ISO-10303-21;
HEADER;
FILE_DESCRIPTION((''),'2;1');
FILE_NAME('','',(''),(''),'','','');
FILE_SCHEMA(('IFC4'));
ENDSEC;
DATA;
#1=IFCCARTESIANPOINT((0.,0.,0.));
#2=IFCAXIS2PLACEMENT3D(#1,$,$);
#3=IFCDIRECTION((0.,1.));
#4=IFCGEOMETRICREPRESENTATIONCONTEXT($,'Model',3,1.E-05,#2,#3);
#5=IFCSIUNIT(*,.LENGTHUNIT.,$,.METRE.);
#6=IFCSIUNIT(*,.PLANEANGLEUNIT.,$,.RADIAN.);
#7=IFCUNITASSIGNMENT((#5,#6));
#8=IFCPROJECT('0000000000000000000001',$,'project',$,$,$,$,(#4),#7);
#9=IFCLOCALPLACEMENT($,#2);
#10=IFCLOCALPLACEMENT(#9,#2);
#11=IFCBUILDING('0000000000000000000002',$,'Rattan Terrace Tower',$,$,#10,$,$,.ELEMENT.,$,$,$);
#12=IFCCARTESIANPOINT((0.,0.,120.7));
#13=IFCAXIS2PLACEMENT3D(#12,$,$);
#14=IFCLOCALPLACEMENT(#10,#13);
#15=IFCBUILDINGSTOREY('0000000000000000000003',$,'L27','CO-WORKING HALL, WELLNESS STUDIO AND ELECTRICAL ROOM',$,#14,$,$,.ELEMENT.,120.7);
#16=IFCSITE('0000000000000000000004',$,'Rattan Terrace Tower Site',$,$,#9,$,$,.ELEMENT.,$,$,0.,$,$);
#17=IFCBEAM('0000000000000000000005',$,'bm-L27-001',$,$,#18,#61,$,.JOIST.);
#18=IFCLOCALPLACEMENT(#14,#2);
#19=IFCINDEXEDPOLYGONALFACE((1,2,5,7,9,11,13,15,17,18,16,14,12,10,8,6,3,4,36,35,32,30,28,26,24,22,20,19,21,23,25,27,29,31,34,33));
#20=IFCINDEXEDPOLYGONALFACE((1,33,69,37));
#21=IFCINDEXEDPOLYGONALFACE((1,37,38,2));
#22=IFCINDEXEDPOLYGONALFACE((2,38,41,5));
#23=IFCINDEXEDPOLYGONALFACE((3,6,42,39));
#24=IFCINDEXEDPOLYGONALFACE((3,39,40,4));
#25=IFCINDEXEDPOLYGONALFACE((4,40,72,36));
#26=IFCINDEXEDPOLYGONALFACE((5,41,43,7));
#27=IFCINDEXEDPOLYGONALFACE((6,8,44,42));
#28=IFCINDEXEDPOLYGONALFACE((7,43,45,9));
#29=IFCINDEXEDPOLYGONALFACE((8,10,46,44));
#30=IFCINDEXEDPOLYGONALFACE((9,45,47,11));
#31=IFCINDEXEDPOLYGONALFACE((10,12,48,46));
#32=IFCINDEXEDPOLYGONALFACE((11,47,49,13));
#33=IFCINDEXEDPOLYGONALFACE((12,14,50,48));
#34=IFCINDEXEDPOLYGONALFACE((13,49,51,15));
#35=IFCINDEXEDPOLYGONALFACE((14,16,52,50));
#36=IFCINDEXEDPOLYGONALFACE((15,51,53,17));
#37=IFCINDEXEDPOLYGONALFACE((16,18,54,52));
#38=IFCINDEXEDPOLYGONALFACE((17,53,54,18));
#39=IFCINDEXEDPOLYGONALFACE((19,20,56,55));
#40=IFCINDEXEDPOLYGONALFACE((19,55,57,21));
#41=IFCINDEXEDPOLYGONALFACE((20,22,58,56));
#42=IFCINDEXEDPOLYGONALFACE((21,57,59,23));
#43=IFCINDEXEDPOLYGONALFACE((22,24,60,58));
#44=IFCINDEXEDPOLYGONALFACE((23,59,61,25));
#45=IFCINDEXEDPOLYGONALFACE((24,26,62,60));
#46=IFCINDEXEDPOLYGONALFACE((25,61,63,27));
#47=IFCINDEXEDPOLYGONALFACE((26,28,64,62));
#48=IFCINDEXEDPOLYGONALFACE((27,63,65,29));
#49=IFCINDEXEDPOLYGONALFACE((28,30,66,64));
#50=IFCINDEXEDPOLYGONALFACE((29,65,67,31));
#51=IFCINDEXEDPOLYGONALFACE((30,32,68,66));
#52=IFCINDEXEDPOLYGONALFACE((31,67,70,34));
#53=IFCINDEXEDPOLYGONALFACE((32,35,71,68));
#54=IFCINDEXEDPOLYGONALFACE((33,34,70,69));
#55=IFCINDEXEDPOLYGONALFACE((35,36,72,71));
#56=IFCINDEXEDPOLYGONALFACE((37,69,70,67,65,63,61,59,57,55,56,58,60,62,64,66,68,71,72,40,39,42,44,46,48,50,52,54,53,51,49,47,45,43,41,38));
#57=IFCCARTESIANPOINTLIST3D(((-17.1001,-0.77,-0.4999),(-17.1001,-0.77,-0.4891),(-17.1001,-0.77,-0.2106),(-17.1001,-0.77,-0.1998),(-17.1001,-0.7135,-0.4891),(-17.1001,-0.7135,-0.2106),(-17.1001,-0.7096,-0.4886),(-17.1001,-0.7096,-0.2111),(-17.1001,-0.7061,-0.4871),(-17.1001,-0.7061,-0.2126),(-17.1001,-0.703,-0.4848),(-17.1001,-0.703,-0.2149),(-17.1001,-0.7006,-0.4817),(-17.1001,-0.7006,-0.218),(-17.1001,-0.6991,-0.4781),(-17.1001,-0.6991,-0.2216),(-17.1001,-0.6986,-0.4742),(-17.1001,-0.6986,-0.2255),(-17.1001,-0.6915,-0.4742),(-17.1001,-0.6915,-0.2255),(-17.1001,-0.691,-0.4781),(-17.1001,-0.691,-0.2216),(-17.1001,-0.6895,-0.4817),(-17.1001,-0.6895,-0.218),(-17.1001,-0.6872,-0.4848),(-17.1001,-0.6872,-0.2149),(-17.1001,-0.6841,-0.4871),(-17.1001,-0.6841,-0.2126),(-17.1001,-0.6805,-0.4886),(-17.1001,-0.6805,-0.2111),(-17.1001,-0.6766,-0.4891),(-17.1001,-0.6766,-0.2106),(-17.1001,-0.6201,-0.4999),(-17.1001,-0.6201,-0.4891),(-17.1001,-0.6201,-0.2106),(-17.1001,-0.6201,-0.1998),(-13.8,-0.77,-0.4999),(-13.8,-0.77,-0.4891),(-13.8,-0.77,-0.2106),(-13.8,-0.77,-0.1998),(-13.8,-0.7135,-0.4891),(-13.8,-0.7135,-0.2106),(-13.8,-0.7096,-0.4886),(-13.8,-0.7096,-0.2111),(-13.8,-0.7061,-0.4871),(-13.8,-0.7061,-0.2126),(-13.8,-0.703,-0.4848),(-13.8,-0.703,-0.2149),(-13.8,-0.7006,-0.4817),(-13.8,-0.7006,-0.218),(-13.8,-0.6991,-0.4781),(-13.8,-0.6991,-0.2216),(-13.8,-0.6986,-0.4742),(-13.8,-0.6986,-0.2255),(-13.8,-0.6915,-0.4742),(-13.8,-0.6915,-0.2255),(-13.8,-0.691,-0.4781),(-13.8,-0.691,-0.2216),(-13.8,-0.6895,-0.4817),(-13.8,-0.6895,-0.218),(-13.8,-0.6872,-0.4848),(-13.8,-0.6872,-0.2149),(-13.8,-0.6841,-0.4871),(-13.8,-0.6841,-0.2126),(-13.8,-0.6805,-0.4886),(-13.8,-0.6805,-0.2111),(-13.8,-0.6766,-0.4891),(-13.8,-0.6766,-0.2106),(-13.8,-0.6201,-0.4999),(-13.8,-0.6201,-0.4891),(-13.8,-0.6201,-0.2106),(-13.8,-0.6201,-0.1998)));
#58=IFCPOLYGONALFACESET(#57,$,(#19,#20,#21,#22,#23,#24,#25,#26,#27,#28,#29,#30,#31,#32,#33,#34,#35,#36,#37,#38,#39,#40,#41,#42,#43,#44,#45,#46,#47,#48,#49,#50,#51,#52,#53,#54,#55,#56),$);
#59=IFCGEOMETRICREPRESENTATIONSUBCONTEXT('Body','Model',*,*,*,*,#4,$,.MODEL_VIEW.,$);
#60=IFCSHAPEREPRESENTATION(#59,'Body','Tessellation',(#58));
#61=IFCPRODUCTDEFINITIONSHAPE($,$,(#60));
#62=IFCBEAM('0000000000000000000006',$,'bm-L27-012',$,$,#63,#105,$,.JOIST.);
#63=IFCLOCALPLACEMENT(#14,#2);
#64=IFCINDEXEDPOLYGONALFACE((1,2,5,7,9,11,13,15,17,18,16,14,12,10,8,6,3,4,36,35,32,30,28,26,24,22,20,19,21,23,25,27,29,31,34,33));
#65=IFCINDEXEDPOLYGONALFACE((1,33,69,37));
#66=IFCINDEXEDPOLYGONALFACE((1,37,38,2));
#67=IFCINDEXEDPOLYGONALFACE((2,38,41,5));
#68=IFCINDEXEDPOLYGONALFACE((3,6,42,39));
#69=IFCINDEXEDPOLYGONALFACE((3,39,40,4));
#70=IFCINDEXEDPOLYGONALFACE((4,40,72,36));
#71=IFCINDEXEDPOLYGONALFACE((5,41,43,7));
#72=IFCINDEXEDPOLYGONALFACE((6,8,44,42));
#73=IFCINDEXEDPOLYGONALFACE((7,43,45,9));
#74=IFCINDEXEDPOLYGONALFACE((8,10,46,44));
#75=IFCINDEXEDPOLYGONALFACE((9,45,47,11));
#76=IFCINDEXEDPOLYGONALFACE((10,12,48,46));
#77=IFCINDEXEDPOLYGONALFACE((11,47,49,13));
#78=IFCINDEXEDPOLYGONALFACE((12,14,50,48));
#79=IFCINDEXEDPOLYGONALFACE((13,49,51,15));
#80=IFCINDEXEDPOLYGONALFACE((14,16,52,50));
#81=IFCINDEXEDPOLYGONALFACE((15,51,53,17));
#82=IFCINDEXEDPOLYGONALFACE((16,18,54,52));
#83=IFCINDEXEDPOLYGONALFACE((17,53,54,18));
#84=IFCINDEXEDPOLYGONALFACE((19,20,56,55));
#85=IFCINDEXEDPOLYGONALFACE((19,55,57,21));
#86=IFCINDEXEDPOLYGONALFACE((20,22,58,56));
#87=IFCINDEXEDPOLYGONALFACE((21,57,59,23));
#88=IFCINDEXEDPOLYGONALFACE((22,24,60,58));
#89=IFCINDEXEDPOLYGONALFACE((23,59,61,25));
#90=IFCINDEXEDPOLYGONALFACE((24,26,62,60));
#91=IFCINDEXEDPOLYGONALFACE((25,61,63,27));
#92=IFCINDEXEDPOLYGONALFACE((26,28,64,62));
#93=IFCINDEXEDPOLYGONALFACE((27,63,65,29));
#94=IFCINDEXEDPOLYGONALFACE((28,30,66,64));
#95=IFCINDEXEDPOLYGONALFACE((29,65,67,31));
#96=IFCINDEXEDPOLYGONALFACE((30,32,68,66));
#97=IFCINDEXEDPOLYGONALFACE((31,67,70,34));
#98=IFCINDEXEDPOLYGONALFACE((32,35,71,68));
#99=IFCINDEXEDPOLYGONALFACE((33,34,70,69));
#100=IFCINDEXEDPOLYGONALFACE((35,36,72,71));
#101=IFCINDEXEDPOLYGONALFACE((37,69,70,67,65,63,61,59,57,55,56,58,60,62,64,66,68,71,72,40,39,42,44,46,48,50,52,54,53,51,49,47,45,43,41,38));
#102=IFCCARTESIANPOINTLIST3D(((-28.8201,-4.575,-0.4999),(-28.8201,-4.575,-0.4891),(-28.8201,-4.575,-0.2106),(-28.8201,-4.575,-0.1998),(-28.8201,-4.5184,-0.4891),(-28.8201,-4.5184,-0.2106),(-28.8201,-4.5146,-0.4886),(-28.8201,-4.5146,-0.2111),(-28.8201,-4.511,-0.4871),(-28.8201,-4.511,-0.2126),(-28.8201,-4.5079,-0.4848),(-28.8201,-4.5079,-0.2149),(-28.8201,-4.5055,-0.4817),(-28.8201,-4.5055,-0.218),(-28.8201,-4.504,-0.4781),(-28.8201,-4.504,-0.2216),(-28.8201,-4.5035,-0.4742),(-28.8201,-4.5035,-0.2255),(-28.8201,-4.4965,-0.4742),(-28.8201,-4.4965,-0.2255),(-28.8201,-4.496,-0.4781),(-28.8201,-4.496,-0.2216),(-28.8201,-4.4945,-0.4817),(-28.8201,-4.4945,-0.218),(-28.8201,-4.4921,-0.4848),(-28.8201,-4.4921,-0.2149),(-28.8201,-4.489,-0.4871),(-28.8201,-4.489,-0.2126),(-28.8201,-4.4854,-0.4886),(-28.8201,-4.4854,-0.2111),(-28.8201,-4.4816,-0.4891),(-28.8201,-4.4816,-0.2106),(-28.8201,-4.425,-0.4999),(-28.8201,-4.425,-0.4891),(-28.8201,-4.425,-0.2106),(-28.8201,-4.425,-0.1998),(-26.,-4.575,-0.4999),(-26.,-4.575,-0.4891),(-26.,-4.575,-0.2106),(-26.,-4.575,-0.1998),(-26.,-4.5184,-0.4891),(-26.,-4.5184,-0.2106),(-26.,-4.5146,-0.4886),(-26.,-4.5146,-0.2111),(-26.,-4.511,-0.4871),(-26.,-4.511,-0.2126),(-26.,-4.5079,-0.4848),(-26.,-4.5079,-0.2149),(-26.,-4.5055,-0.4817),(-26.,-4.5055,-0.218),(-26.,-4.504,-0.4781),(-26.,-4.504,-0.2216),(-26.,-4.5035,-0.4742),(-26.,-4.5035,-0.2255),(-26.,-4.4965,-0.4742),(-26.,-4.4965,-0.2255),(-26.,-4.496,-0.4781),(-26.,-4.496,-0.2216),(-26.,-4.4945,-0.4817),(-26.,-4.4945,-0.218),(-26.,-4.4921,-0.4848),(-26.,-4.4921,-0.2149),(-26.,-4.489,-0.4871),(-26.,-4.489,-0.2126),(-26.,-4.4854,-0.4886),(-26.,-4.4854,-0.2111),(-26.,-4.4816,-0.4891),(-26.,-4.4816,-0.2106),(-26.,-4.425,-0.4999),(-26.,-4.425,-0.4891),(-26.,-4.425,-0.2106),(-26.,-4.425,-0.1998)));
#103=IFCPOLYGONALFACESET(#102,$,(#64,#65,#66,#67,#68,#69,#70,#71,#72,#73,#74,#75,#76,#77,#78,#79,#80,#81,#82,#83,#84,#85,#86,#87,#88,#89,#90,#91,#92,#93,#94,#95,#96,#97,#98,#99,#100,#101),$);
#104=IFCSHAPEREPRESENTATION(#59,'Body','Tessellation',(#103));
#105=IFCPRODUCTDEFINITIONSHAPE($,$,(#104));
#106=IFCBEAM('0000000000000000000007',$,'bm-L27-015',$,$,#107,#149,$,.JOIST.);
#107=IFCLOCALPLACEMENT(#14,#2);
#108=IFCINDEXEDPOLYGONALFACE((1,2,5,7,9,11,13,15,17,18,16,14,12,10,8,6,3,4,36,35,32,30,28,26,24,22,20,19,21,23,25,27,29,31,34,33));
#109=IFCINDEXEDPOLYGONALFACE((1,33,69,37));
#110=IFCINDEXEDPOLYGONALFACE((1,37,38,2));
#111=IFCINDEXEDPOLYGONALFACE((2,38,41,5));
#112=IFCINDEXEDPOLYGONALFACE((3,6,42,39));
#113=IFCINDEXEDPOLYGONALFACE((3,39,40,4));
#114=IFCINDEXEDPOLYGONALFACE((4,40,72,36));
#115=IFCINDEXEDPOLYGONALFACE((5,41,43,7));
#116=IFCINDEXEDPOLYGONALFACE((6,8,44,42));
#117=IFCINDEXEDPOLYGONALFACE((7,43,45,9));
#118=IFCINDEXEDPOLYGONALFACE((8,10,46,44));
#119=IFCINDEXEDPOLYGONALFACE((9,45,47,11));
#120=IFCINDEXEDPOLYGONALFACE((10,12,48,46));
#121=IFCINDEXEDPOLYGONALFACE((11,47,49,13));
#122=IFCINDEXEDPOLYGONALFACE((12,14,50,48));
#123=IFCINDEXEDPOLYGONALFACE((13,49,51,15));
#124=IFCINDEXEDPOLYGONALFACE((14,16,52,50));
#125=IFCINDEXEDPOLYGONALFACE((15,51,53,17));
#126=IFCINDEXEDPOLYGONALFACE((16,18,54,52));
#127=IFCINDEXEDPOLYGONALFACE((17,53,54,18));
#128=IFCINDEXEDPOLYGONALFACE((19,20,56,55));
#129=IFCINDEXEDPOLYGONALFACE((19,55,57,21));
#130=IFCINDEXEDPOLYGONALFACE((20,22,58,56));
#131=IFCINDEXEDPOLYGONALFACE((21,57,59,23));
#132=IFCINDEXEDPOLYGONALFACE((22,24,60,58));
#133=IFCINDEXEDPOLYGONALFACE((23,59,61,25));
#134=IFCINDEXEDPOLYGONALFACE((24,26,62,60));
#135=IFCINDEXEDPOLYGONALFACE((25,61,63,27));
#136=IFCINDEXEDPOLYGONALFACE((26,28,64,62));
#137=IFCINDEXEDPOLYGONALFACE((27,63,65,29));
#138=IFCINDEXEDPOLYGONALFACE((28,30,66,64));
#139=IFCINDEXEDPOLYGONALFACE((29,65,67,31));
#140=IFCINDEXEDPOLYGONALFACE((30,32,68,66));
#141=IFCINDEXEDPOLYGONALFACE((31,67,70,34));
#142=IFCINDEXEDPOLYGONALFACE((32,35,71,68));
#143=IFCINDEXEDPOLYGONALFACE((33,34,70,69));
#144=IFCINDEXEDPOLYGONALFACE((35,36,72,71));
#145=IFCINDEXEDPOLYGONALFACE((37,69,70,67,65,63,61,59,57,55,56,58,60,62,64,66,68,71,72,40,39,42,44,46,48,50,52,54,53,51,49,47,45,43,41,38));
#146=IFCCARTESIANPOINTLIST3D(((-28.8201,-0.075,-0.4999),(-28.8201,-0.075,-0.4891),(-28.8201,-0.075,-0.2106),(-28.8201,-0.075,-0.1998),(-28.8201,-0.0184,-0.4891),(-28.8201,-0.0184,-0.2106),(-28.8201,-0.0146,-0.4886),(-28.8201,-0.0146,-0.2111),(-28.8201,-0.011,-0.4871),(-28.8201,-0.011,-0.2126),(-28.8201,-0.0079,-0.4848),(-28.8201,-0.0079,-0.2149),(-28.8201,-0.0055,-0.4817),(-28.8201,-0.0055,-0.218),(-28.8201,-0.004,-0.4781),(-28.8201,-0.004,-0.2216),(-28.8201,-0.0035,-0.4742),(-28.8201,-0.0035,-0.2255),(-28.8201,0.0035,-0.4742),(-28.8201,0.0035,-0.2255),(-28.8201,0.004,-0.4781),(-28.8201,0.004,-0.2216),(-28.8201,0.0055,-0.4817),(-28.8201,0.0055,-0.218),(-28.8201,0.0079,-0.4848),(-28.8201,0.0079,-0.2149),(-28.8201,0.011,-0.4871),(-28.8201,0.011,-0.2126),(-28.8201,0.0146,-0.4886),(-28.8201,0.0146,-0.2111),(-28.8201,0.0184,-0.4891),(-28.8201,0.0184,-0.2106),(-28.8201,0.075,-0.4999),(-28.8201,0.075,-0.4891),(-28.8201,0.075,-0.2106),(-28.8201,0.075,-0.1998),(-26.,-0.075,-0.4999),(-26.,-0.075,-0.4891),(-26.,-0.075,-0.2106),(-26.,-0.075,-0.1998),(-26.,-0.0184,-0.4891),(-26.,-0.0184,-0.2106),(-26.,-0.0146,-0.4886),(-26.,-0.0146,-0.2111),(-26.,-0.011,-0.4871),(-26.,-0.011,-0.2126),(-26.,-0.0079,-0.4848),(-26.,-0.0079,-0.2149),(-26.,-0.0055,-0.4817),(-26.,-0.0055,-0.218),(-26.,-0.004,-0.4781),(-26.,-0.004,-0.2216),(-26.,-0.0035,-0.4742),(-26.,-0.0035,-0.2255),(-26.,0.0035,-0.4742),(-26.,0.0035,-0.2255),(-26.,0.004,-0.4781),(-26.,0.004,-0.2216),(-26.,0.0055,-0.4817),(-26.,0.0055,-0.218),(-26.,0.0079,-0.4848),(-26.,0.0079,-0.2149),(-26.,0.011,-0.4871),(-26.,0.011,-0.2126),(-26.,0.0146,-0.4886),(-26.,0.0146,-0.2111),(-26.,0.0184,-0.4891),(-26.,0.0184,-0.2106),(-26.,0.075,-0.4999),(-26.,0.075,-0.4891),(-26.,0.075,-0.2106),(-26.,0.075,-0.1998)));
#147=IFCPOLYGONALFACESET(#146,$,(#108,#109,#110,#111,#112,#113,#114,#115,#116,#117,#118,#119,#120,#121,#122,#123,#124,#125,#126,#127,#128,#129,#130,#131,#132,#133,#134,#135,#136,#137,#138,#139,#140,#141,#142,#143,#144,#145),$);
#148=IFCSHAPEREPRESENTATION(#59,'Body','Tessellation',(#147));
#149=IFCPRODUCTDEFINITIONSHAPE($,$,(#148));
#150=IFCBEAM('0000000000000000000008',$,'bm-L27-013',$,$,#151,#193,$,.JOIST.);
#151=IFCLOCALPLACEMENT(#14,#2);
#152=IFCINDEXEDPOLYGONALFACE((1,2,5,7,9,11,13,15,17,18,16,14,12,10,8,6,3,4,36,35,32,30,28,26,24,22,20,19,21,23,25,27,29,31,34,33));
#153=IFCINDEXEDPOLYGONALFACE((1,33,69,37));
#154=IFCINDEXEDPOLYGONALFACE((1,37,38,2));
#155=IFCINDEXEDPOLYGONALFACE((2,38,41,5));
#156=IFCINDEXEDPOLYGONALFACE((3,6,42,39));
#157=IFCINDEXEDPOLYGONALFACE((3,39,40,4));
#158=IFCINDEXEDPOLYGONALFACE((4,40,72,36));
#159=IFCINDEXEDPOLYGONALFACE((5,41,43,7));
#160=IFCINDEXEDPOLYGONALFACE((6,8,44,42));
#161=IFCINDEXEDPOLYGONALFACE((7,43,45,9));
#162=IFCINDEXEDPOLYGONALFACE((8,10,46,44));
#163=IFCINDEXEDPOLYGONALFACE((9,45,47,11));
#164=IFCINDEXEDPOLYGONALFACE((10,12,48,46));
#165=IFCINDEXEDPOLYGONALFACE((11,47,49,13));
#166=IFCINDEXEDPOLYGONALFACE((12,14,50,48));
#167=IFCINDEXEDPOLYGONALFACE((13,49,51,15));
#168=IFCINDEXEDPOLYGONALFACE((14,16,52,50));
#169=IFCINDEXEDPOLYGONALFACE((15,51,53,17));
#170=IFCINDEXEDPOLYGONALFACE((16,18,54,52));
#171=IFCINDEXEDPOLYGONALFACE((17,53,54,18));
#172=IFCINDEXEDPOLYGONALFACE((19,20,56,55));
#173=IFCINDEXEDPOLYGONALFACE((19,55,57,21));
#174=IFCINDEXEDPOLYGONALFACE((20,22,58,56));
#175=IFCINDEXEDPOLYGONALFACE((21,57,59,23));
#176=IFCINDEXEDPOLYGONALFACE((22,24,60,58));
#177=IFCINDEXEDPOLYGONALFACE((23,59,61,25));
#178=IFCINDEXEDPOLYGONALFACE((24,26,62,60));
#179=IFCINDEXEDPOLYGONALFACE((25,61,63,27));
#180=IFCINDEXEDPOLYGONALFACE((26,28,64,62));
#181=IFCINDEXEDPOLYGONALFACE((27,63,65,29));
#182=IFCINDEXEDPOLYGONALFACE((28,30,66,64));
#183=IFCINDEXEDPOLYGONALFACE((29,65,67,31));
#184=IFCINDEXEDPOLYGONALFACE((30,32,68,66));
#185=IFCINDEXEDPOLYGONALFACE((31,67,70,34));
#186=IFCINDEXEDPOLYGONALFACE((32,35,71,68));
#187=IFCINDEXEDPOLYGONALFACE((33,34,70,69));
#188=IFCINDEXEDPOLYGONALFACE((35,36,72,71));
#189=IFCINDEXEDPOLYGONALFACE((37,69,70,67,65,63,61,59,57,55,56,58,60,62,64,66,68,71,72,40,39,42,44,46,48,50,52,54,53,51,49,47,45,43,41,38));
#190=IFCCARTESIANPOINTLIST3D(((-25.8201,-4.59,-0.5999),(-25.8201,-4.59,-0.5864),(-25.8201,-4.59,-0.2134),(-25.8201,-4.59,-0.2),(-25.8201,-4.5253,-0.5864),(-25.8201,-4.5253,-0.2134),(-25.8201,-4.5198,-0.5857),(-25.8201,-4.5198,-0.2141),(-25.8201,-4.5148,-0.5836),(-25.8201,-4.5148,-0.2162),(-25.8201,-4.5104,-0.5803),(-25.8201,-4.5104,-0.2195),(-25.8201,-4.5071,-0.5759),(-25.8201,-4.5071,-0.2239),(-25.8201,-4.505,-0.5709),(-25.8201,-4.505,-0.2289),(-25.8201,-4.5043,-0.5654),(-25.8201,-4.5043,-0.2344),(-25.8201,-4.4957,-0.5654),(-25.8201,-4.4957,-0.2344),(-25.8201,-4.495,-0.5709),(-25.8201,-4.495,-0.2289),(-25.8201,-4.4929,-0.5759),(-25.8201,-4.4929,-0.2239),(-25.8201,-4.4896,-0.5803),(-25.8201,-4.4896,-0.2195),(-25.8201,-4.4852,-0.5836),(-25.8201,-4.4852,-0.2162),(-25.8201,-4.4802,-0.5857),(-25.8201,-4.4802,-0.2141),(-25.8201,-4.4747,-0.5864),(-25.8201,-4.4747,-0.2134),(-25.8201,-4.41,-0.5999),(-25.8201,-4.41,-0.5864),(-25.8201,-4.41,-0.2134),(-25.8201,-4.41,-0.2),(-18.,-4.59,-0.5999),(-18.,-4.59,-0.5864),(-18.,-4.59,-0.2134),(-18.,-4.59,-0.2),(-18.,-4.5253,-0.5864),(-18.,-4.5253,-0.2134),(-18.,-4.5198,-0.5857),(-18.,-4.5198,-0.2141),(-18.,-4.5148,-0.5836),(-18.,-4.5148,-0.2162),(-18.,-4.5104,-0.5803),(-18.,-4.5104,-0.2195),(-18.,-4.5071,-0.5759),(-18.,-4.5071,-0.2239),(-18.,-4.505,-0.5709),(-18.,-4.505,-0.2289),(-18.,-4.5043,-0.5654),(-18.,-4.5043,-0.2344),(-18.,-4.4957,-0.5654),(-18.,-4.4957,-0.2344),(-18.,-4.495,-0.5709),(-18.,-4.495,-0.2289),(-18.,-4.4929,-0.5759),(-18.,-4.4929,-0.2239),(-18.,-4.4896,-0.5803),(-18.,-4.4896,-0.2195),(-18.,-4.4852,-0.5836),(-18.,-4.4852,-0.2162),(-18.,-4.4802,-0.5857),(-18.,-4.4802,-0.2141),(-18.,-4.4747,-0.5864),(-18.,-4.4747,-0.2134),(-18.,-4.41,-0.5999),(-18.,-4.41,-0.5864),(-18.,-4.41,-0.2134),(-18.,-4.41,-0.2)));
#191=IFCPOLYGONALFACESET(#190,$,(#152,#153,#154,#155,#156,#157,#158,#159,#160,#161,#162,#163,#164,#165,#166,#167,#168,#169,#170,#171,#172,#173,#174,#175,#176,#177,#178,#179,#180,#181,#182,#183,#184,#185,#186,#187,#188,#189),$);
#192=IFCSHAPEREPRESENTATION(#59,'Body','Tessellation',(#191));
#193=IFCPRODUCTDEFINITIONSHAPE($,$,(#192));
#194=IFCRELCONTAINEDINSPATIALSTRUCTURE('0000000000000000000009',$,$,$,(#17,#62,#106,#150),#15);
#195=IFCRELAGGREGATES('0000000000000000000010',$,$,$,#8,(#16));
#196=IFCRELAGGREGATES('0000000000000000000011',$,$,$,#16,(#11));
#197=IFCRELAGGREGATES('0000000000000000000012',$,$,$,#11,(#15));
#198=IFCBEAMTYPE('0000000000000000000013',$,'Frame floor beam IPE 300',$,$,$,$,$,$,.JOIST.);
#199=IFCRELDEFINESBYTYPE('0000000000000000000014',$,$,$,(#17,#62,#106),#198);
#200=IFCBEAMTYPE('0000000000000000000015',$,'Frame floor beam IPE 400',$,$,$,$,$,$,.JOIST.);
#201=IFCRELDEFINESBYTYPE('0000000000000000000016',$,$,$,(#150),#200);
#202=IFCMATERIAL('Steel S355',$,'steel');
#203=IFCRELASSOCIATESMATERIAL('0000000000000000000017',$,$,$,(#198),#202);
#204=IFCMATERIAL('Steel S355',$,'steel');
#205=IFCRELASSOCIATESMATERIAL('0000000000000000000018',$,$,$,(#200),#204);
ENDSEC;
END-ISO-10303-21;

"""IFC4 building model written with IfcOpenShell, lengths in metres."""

from ifc_helpers import new_model, si_unit, direction, frame, origin, origin_2d, place, context, subcontext, project, spatial, i_section, extrude, material, material_profile, profile_set, type_object, element, save


model = new_model("IFC4")

# Units and contexts
model_context = context("Model", 3, precision=1e-05, world=origin(), true_north=direction((0.0, 1.0)))
body_context = subcontext(model_context, "Body", "Model", "MODEL_VIEW")
ifc_project = project(units=[si_unit("LENGTHUNIT", "METRE"), si_unit("PLANEANGLEUNIT", "RADIAN")], contexts=[model_context])

# Site, building, storey
site_placement = place(None, origin())
site = spatial("IfcSite", under=ifc_project, at=site_placement, Name="Rattan Terrace Tower Site", CompositionType="ELEMENT", RefElevation=0.0)
building_placement = place(site_placement, origin())
building = spatial("IfcBuilding", under=site, at=building_placement, Name="Rattan Terrace Tower", CompositionType="ELEMENT")
storey_placement = place(building_placement, frame((0.0, 0.0, 120.7)))
storey = spatial("IfcBuildingStorey", under=building, at=storey_placement, Name="L27", Description="CO-WORKING HALL, WELLNESS STUDIO AND ELECTRICAL ROOM", CompositionType="ELEMENT", Elevation=120.7)

# Beams
ifc_material_1 = material(Name="Steel S355", Category="steel")
ifc_material_profile_1 = material_profile(ifc_material_1, i_section(OverallWidth=0.1499, OverallDepth=0.3, WebThickness=0.0071, FlangeThickness=0.0107, FilletRadius=0.0149, at=origin_2d()), Name="IPE 300")
ifc_profile_set_1 = profile_set([ifc_material_profile_1], Name="Steel S355")
beam_type_1 = type_object("IfcBeamType", Name="Frame floor beam IPE 300", PredefinedType="JOIST", material=ifc_profile_set_1)
beam_placement = place(storey_placement, frame((-17.1001, -0.6951, -0.3499), z_axis=(1.0, 0.0, 0.0), x_axis=(0.0, 1.0, 0.0)))
element("IfcBeam", 1, at=beam_placement, inside=storey, type_object=beam_type_1, Name="bm-L27-001", PredefinedType="JOIST", context=body_context, shape_type="SweptSolid", body=[
    extrude(i_section(OverallWidth=0.1499, OverallDepth=0.3, WebThickness=0.0071, FlangeThickness=0.0107, FilletRadius=0.0149, at=origin_2d()), origin(), (0.0, 0.0, 1.0), 3.3),
])
for number, where, z_axis, x_axis, name in (
    (2, (-28.8201, -4.5, -0.3499), (1.0, 0.0, 0.0), (0.0, 1.0, 0.0), "bm-L27-012"),
    (3, (-28.8201, 0.0, -0.3499), (1.0, 0.0, 0.0), (0.0, 1.0, 0.0), "bm-L27-015"),
):
    element("IfcBeam", number, at=place(storey_placement, frame(where, z_axis=z_axis, x_axis=x_axis)), inside=storey, type_object=beam_type_1, Name=name, PredefinedType="JOIST", context=body_context, shape_type="SweptSolid", body=[
        extrude(i_section(OverallWidth=0.1499, OverallDepth=0.3, WebThickness=0.0071, FlangeThickness=0.0107, FilletRadius=0.0149, at=origin_2d()), origin(), (0.0, 0.0, 1.0), 2.8201),
    ])
ifc_material_2 = material(Name="Steel S355", Category="steel")
ifc_material_profile_2 = material_profile(ifc_material_2, i_section(OverallWidth=0.1799, OverallDepth=0.3999, WebThickness=0.0085, FlangeThickness=0.0134, FilletRadius=0.021, at=origin_2d()), Name="IPE 400")
ifc_profile_set_2 = profile_set([ifc_material_profile_2], Name="Steel S355")
beam_type_2 = type_object("IfcBeamType", Name="Frame floor beam IPE 400", PredefinedType="JOIST", material=ifc_profile_set_2)
for number, where, z_axis, x_axis, name in (
    (4, (-25.8201, -4.5, -0.3999), (1.0, 0.0, 0.0), (0.0, 1.0, 0.0), "bm-L27-013"),
):
    element("IfcBeam", number, at=place(storey_placement, frame(where, z_axis=z_axis, x_axis=x_axis)), inside=storey, type_object=beam_type_2, Name=name, PredefinedType="JOIST", context=body_context, shape_type="SweptSolid", body=[
        extrude(i_section(OverallWidth=0.1799, OverallDepth=0.3999, WebThickness=0.0085, FlangeThickness=0.0134, FilletRadius=0.021, at=origin_2d()), origin(), (0.0, 0.0, 1.0), 7.8201),
    ])

save(model, "model.ifc")
